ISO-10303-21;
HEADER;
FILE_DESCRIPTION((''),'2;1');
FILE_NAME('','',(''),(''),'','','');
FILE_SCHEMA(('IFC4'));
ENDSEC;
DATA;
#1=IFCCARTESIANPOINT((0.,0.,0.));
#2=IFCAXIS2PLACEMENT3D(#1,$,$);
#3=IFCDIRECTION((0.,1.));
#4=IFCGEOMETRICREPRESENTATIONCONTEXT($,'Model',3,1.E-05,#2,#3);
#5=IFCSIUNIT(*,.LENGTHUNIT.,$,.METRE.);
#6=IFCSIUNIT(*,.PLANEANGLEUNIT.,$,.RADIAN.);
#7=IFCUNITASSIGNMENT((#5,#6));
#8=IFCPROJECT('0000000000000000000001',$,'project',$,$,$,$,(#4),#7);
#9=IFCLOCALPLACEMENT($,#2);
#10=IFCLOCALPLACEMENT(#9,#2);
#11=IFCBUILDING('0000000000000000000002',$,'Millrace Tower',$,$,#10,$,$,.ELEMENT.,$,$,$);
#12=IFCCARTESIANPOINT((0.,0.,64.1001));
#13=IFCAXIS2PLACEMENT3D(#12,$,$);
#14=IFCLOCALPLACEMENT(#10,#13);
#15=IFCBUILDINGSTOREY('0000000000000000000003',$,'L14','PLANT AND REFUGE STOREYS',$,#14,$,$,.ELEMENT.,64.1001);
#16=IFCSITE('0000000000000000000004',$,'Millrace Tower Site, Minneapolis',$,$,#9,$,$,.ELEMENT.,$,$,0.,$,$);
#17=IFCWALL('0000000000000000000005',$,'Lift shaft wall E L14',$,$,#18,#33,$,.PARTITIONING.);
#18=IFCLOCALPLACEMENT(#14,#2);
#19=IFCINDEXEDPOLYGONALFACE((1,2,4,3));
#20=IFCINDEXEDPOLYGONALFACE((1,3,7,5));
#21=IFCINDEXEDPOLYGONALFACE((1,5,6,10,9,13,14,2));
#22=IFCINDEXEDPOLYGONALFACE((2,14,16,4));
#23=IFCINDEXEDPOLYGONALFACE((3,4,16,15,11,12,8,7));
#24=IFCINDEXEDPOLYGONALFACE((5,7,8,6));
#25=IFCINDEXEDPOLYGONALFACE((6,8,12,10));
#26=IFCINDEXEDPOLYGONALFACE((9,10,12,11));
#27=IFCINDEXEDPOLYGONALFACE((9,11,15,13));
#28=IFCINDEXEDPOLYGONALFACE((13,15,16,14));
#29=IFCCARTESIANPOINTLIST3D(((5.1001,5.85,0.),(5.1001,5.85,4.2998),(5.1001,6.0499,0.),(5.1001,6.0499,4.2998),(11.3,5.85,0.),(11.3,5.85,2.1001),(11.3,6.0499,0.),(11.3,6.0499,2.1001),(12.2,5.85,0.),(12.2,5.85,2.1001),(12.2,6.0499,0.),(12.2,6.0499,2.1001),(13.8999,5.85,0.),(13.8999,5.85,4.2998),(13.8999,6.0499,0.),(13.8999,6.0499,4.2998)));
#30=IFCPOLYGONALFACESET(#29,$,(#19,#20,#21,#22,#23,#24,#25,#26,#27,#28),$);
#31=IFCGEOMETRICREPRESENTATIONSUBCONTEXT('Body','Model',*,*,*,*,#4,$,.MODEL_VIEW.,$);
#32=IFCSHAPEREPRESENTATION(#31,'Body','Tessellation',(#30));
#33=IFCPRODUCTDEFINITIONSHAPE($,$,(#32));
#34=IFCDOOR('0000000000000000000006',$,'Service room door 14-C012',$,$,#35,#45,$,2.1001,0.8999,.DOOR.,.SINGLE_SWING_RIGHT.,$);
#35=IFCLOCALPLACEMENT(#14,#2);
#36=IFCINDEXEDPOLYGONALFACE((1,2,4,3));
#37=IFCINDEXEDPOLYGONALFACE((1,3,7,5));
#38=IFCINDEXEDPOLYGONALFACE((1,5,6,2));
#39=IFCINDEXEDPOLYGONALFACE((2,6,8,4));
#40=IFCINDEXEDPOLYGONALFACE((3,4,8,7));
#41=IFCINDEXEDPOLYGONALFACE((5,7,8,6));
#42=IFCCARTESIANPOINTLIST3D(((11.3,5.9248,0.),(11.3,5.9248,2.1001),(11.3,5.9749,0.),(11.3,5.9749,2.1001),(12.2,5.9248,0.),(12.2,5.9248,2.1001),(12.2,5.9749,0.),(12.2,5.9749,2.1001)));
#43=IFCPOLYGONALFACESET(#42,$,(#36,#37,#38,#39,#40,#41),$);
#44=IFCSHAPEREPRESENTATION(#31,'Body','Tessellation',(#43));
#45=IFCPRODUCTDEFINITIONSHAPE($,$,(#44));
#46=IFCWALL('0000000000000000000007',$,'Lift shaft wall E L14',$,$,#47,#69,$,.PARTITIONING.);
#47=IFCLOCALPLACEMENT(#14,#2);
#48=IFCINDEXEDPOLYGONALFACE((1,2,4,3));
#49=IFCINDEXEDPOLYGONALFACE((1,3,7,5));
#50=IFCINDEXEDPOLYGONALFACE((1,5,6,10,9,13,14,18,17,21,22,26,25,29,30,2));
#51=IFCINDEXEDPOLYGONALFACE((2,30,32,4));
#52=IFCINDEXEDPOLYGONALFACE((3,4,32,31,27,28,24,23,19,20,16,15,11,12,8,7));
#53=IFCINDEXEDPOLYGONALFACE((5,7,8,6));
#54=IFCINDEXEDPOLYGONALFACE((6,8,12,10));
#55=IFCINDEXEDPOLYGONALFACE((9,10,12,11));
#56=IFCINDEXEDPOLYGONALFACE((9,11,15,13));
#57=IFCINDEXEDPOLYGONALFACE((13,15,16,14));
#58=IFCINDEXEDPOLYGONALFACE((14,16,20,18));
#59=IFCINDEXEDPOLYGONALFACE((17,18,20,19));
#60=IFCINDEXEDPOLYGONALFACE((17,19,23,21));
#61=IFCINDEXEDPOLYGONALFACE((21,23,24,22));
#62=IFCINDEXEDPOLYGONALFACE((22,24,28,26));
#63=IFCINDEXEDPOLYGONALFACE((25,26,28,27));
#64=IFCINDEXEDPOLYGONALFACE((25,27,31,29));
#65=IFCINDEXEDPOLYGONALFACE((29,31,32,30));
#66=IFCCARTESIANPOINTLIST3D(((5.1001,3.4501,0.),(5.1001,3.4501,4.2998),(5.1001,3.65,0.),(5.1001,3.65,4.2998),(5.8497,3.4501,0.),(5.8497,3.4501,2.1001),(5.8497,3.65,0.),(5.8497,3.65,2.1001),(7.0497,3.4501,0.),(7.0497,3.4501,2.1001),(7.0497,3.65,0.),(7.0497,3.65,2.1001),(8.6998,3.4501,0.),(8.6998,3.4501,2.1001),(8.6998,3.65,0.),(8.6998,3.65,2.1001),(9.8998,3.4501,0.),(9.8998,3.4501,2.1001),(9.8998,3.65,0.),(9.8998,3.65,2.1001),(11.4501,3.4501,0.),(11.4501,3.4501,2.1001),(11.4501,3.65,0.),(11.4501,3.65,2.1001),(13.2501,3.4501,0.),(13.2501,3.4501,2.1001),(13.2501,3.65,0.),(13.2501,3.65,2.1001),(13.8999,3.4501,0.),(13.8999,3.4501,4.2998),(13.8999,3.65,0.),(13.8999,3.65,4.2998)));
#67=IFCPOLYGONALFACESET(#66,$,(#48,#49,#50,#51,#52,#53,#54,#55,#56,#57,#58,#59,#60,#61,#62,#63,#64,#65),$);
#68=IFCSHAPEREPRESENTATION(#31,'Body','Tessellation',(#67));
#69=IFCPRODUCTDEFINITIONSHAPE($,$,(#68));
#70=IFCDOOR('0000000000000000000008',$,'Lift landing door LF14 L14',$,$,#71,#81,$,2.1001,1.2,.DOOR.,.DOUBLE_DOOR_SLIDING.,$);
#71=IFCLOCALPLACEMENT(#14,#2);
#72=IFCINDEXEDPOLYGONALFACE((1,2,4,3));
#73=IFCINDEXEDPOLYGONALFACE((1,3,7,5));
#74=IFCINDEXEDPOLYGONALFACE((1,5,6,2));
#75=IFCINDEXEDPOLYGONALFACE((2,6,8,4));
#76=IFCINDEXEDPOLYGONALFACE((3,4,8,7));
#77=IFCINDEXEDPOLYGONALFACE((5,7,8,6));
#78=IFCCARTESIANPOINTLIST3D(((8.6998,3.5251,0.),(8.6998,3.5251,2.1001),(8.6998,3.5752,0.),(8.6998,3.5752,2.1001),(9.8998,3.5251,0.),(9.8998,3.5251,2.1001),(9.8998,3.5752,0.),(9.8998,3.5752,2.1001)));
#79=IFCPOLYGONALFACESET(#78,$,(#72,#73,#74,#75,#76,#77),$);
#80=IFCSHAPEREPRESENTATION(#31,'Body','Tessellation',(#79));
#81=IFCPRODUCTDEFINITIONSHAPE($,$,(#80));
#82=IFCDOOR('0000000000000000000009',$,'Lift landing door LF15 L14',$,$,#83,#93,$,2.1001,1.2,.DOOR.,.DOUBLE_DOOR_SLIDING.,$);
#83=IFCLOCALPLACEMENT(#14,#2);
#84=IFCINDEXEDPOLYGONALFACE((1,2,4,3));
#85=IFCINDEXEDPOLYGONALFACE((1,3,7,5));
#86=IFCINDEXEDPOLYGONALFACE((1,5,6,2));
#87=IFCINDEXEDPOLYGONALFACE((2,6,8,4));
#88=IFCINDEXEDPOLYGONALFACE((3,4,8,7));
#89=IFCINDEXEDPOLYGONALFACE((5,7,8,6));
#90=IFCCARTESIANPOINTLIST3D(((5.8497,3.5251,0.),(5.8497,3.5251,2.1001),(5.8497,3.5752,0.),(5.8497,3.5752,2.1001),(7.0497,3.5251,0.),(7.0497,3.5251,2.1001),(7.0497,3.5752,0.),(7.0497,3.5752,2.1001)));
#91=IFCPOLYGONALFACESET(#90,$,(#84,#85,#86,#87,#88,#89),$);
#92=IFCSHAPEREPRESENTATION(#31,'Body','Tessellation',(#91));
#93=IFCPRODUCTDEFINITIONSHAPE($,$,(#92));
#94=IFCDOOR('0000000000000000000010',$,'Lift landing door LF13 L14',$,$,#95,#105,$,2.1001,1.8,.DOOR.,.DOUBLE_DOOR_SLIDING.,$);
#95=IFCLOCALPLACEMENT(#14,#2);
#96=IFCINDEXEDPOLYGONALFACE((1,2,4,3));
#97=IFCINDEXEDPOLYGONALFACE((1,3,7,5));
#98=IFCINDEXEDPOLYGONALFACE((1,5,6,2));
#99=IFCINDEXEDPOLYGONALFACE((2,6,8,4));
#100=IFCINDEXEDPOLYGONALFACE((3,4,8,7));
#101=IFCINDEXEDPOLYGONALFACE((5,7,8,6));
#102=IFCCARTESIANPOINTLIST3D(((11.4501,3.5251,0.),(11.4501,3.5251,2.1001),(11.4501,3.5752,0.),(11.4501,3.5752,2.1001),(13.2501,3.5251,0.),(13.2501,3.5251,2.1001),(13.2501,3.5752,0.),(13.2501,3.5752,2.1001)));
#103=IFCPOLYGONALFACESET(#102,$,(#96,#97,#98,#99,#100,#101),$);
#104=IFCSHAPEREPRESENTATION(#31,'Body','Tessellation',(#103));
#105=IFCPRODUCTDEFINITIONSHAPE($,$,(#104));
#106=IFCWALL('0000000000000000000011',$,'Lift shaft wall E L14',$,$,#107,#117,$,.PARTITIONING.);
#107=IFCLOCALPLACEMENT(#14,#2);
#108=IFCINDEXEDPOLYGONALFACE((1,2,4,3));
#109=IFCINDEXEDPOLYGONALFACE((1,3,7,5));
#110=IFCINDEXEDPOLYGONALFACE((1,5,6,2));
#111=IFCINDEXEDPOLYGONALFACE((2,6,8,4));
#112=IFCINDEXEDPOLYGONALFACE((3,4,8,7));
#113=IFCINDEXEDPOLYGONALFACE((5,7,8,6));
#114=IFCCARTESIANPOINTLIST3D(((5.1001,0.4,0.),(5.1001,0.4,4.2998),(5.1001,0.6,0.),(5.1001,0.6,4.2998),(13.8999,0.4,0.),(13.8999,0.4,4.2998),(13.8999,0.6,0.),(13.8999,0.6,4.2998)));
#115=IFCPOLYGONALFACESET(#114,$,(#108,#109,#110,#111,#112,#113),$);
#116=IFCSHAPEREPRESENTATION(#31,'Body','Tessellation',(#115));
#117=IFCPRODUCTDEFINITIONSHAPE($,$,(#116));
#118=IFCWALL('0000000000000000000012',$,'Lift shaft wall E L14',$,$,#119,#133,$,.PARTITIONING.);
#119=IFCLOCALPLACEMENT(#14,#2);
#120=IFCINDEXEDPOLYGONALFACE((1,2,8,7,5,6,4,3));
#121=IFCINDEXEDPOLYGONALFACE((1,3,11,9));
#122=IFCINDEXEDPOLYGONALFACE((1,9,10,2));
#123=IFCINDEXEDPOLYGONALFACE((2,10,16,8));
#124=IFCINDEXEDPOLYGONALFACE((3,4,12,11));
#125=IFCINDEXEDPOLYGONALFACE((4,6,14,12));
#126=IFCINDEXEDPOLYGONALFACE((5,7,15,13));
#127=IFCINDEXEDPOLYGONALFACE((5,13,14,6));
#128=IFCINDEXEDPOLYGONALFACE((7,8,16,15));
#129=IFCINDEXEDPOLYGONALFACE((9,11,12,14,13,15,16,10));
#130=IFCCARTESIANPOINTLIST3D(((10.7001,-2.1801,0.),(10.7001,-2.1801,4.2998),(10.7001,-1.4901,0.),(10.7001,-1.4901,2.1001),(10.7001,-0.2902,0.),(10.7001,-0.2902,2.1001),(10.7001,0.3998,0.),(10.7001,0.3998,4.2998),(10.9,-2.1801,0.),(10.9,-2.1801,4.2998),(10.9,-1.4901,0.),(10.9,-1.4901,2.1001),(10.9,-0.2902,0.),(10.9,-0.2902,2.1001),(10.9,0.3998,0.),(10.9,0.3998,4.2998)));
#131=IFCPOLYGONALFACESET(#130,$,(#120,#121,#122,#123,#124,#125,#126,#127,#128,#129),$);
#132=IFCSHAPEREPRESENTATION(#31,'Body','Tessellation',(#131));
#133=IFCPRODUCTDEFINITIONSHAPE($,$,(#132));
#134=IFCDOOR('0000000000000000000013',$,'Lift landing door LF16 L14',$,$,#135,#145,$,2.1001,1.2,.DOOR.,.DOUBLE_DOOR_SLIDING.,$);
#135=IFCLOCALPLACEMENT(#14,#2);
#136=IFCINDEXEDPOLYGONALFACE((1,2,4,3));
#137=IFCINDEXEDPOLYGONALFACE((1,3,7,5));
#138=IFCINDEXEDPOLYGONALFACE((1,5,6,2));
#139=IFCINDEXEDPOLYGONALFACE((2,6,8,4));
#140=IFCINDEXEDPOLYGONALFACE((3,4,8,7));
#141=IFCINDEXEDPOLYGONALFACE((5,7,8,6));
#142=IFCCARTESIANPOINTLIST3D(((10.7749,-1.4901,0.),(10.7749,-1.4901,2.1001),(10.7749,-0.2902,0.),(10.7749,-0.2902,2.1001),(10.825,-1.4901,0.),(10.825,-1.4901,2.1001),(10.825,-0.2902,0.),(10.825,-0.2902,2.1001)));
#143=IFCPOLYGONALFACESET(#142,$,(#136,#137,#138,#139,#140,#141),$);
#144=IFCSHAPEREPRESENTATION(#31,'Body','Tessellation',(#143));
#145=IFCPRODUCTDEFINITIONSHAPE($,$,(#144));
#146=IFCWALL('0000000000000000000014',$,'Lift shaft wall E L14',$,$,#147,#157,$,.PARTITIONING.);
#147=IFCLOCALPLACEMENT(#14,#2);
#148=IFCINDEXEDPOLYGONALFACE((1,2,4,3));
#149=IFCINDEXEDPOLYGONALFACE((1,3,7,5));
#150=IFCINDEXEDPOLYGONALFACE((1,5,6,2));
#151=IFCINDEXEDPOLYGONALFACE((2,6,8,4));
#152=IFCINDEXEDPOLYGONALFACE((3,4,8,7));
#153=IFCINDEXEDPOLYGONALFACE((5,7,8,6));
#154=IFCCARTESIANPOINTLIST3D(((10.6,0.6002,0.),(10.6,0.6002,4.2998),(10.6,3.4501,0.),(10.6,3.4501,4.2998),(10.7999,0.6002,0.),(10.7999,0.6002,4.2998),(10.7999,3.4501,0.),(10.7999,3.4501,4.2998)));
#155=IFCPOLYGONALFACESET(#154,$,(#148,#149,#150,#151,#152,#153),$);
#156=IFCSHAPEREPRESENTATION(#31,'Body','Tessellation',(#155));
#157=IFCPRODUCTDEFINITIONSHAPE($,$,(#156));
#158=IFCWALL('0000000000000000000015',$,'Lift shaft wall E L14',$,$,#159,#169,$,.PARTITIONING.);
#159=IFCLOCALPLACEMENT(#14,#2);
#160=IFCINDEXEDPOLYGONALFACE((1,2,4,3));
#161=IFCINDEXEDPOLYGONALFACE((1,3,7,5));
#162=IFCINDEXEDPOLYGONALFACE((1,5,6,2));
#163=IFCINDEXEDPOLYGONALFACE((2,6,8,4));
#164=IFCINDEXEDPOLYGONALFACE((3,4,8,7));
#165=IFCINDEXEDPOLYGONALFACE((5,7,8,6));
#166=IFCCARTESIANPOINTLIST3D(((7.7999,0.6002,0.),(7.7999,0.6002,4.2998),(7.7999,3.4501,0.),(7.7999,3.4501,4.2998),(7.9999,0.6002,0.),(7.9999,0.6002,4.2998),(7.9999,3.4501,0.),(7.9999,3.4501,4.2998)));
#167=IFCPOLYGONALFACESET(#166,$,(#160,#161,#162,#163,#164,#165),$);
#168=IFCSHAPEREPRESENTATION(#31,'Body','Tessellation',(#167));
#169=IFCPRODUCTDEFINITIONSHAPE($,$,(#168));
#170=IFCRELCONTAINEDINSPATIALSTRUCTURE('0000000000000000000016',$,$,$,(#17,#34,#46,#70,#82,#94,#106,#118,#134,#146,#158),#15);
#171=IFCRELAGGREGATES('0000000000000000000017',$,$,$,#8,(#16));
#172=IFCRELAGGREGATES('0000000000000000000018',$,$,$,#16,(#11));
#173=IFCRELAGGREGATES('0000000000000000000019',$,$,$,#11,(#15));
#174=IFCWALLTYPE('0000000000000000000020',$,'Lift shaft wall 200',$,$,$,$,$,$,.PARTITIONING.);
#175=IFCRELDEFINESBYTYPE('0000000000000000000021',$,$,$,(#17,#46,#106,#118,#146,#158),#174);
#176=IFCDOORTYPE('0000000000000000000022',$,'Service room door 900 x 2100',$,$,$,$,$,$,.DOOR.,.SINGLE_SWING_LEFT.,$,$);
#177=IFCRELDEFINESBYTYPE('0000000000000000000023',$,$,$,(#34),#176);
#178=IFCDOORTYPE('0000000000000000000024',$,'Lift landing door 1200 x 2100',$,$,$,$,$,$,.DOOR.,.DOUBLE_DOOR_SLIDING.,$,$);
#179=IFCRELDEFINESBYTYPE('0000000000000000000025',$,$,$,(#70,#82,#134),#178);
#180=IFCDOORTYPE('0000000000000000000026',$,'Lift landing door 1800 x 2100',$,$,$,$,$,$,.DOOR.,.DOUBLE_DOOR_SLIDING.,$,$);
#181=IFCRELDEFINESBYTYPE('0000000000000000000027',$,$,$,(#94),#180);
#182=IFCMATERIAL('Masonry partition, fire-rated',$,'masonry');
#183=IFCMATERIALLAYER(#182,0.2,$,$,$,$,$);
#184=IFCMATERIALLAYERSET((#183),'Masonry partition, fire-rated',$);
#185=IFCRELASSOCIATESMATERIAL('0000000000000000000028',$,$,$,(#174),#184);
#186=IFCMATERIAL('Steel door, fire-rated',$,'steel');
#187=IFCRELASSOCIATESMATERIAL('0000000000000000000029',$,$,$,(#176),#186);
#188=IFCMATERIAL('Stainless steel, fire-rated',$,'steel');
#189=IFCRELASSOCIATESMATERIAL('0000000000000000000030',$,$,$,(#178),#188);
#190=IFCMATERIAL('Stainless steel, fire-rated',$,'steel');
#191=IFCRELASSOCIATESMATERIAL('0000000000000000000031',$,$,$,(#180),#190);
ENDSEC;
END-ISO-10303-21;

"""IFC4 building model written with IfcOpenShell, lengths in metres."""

from ifc_helpers import new_model, si_unit, direction, frame, frame_2d, origin, place, context, subcontext, project, spatial, rectangle, extrude, material, layer, layer_set, type_object, element, fill, save


model = new_model("IFC4")

# Units and contexts
model_context = context("Model", 3, precision=1e-05, world=origin(), true_north=direction((0.0, 1.0)))
body_context = subcontext(model_context, "Body", "Model", "MODEL_VIEW")
ifc_project = project(units=[si_unit("LENGTHUNIT", "METRE"), si_unit("PLANEANGLEUNIT", "RADIAN")], contexts=[model_context])

# Site, building, storey
site_placement = place(None, origin())
site = spatial("IfcSite", under=ifc_project, at=site_placement, Name="Millrace Tower Site, Minneapolis", CompositionType="ELEMENT", RefElevation=0.0)
building_placement = place(site_placement, origin())
building = spatial("IfcBuilding", under=site, at=building_placement, Name="Millrace Tower", CompositionType="ELEMENT")
storey_placement = place(building_placement, frame((0.0, 0.0, 64.1001)))
storey = spatial("IfcBuildingStorey", under=building, at=storey_placement, Name="L14", Description="PLANT AND REFUGE STOREYS", CompositionType="ELEMENT", Elevation=64.1001)

# Wall, opening, door
ifc_material_1 = material(Name="Masonry partition, fire-rated", Category="masonry")
ifc_layer_1 = layer(ifc_material_1, 0.2)
ifc_layer_set_1 = layer_set([ifc_layer_1], Name="Masonry partition, fire-rated")
wall_type_1 = type_object("IfcWallType", Name="Lift shaft wall 200", PredefinedType="PARTITIONING", material=ifc_layer_set_1)
wall_1_placement = place(storey_placement, frame((13.8999, 5.95, 0.0), z_axis=(0.0, 0.0, 1.0), x_axis=(-1.0, 0.0, 0.0)))
wall_1 = element("IfcWall", 1, at=wall_1_placement, inside=storey, type_object=wall_type_1, Name="Lift shaft wall E L14", PredefinedType="PARTITIONING", context=body_context, shape_type="SweptSolid", body=[
    extrude(rectangle(XDim=8.7998, YDim=0.2, at=frame_2d((4.3999, 0.0))), origin(), (0.0, 0.0, 1.0), 4.2998),
])
opening_1_placement = place(wall_1_placement, frame((1.7, 0.0, 0.0)))
opening_1 = element("IfcOpeningElement", 2, at=opening_1_placement, cuts=wall_1, PredefinedType="OPENING", context=body_context, shape_type="SweptSolid", body=[
    extrude(rectangle(XDim=0.8999, YDim=2.1001, at=frame_2d((0.45, 1.05))), frame((0.0, 0.1099, 0.0), z_axis=(0.0, -1.0, 0.0), x_axis=(1.0, 0.0, 0.0)), (0.0, 0.0, 1.0), 0.22),
])
ifc_material_2 = material(Name="Steel door, fire-rated", Category="steel")
door_type_1 = type_object("IfcDoorType", Name="Service room door 900 x 2100", OperationType="SINGLE_SWING_LEFT", PredefinedType="DOOR", material=ifc_material_2)
door_1_placement = place(opening_1_placement, frame((0.8999, 0.0, 0.0), z_axis=(0.0, 0.0, 1.0), x_axis=(-1.0, 0.0, 0.0)))
door_1 = element("IfcDoor", 3, at=door_1_placement, inside=storey, type_object=door_type_1, Name="Service room door 14-C012", OperationType="SINGLE_SWING_RIGHT", OverallHeight=2.1001, OverallWidth=0.8999, PredefinedType="DOOR", context=body_context, shape_type="SweptSolid", body=[
    extrude(rectangle(XDim=0.8999, YDim=2.1001, at=frame_2d((0.45, 1.05))), frame((0.0, 0.0249, 0.0), z_axis=(0.0, -1.0, 0.0), x_axis=(1.0, 0.0, 0.0)), (0.0, 0.0, 1.0), 0.05),
])
fill(opening_1, door_1)

# Wall, openings, doors
wall_2_placement = place(storey_placement, frame((13.8999, 3.55, 0.0), z_axis=(0.0, 0.0, 1.0), x_axis=(-1.0, 0.0, 0.0)))
wall_2 = element("IfcWall", 4, at=wall_2_placement, inside=storey, type_object=wall_type_1, Name="Lift shaft wall E L14", PredefinedType="PARTITIONING", context=body_context, shape_type="SweptSolid", body=[
    extrude(rectangle(XDim=8.7998, YDim=0.2, at=frame_2d((4.3999, 0.0))), origin(), (0.0, 0.0, 1.0), 4.2998),
])
opening_2_placement = place(wall_2_placement, frame((0.6499, 0.0, 0.0)))
opening_2 = element("IfcOpeningElement", 5, at=opening_2_placement, cuts=wall_2, PredefinedType="OPENING", context=body_context, shape_type="SweptSolid", body=[
    extrude(rectangle(XDim=1.8, YDim=2.1001, at=frame_2d((0.8999, 1.05))), frame((0.0, 0.1099, 0.0), z_axis=(0.0, -1.0, 0.0), x_axis=(1.0, 0.0, 0.0)), (0.0, 0.0, 1.0), 0.22),
])
opening_3_placement = place(wall_2_placement, frame((4.0, 0.0, 0.0)))
opening_3 = element("IfcOpeningElement", 6, at=opening_3_placement, cuts=wall_2, PredefinedType="OPENING", context=body_context, shape_type="SweptSolid", body=[
    extrude(rectangle(XDim=1.2, YDim=2.1001, at=frame_2d((0.6001, 1.05))), frame((0.0, 0.1099, 0.0), z_axis=(0.0, -1.0, 0.0), x_axis=(1.0, 0.0, 0.0)), (0.0, 0.0, 1.0), 0.22),
])
opening_4_placement = place(wall_2_placement, frame((6.8501, 0.0, 0.0)))
opening_4 = element("IfcOpeningElement", 7, at=opening_4_placement, cuts=wall_2, PredefinedType="OPENING", context=body_context, shape_type="SweptSolid", body=[
    extrude(rectangle(XDim=1.2, YDim=2.1001, at=frame_2d((0.6001, 1.05))), frame((0.0, 0.1099, 0.0), z_axis=(0.0, -1.0, 0.0), x_axis=(1.0, 0.0, 0.0)), (0.0, 0.0, 1.0), 0.22),
])
ifc_material_3 = material(Name="Stainless steel, fire-rated", Category="steel")
door_type_2 = type_object("IfcDoorType", Name="Lift landing door 1200 x 2100", OperationType="DOUBLE_DOOR_SLIDING", PredefinedType="DOOR", material=ifc_material_3)
door_2_placement = place(opening_3_placement, origin())
door_2 = element("IfcDoor", 8, at=door_2_placement, inside=storey, type_object=door_type_2, Name="Lift landing door LF14 L14", OperationType="DOUBLE_DOOR_SLIDING", OverallHeight=2.1001, OverallWidth=1.2, PredefinedType="DOOR", context=body_context, shape_type="SweptSolid", body=[
    extrude(rectangle(XDim=1.2, YDim=2.1001, at=frame_2d((0.6001, 1.05))), frame((0.0, 0.0249, 0.0), z_axis=(0.0, -1.0, 0.0), x_axis=(1.0, 0.0, 0.0)), (0.0, 0.0, 1.0), 0.05),
])
fill(opening_3, door_2)
door_3_placement = place(opening_4_placement, origin())
door_3 = element("IfcDoor", 9, at=door_3_placement, inside=storey, type_object=door_type_2, Name="Lift landing door LF15 L14", OperationType="DOUBLE_DOOR_SLIDING", OverallHeight=2.1001, OverallWidth=1.2, PredefinedType="DOOR", context=body_context, shape_type="SweptSolid", body=[
    extrude(rectangle(XDim=1.2, YDim=2.1001, at=frame_2d((0.6001, 1.05))), frame((0.0, 0.0249, 0.0), z_axis=(0.0, -1.0, 0.0), x_axis=(1.0, 0.0, 0.0)), (0.0, 0.0, 1.0), 0.05),
])
fill(opening_4, door_3)
ifc_material_4 = material(Name="Stainless steel, fire-rated", Category="steel")
door_type_3 = type_object("IfcDoorType", Name="Lift landing door 1800 x 2100", OperationType="DOUBLE_DOOR_SLIDING", PredefinedType="DOOR", material=ifc_material_4)
door_4_placement = place(opening_2_placement, origin())
door_4 = element("IfcDoor", 10, at=door_4_placement, inside=storey, type_object=door_type_3, Name="Lift landing door LF13 L14", OperationType="DOUBLE_DOOR_SLIDING", OverallHeight=2.1001, OverallWidth=1.8, PredefinedType="DOOR", context=body_context, shape_type="SweptSolid", body=[
    extrude(rectangle(XDim=1.8, YDim=2.1001, at=frame_2d((0.8999, 1.05))), frame((0.0, 0.0249, 0.0), z_axis=(0.0, -1.0, 0.0), x_axis=(1.0, 0.0, 0.0)), (0.0, 0.0, 1.0), 0.05),
])
fill(opening_2, door_4)

# Wall
wall_3_placement = place(storey_placement, frame((13.8999, 0.5, 0.0), z_axis=(0.0, 0.0, 1.0), x_axis=(-1.0, 0.0, 0.0)))
element("IfcWall", 11, at=wall_3_placement, inside=storey, type_object=wall_type_1, Name="Lift shaft wall E L14", PredefinedType="PARTITIONING", context=body_context, shape_type="SweptSolid", body=[
    extrude(rectangle(XDim=8.7998, YDim=0.2, at=frame_2d((4.3999, 0.0))), origin(), (0.0, 0.0, 1.0), 4.2998),
])

# Wall, opening, door
wall_4_placement = place(storey_placement, frame((10.8, 0.3999, 0.0), z_axis=(0.0, 0.0, 1.0), x_axis=(0.0, -1.0, 0.0)))
wall_4 = element("IfcWall", 12, at=wall_4_placement, inside=storey, type_object=wall_type_1, Name="Lift shaft wall E L14", PredefinedType="PARTITIONING", context=body_context, shape_type="SweptSolid", body=[
    extrude(rectangle(XDim=2.5798, YDim=0.2, at=frame_2d((1.29, 0.0))), origin(), (0.0, 0.0, 1.0), 4.2998),
])
opening_5_placement = place(wall_4_placement, frame((0.6899, 0.0, 0.0)))
opening_5 = element("IfcOpeningElement", 13, at=opening_5_placement, cuts=wall_4, PredefinedType="OPENING", context=body_context, shape_type="SweptSolid", body=[
    extrude(rectangle(XDim=1.2, YDim=2.1001, at=frame_2d((0.6001, 1.05))), frame((0.0, 0.1099, 0.0), z_axis=(0.0, -1.0, 0.0), x_axis=(1.0, 0.0, 0.0)), (0.0, 0.0, 1.0), 0.22),
])
door_5_placement = place(opening_5_placement, origin())
door_5 = element("IfcDoor", 14, at=door_5_placement, inside=storey, type_object=door_type_2, Name="Lift landing door LF16 L14", OperationType="DOUBLE_DOOR_SLIDING", OverallHeight=2.1001, OverallWidth=1.2, PredefinedType="DOOR", context=body_context, shape_type="SweptSolid", body=[
    extrude(rectangle(XDim=1.2, YDim=2.1001, at=frame_2d((0.6001, 1.05))), frame((0.0, 0.0249, 0.0), z_axis=(0.0, -1.0, 0.0), x_axis=(1.0, 0.0, 0.0)), (0.0, 0.0, 1.0), 0.05),
])
fill(opening_5, door_5)

# Walls
for number, where, z_axis, x_axis, name in (
    (15, (10.7, 3.45, 0.0), (0.0, 0.0, 1.0), (0.0, -1.0, 0.0), "Lift shaft wall E L14"),
    (16, (7.8999, 3.45, 0.0), (0.0, 0.0, 1.0), (0.0, -1.0, 0.0), "Lift shaft wall E L14"),
):
    element("IfcWall", number, at=place(storey_placement, frame(where, z_axis=z_axis, x_axis=x_axis)), inside=storey, type_object=wall_type_1, Name=name, PredefinedType="PARTITIONING", context=body_context, shape_type="SweptSolid", body=[
        extrude(rectangle(XDim=2.8499, YDim=0.2, at=frame_2d((1.4248, 0.0))), origin(), (0.0, 0.0, 1.0), 4.2998),
    ])

save(model, "model.ifc")
